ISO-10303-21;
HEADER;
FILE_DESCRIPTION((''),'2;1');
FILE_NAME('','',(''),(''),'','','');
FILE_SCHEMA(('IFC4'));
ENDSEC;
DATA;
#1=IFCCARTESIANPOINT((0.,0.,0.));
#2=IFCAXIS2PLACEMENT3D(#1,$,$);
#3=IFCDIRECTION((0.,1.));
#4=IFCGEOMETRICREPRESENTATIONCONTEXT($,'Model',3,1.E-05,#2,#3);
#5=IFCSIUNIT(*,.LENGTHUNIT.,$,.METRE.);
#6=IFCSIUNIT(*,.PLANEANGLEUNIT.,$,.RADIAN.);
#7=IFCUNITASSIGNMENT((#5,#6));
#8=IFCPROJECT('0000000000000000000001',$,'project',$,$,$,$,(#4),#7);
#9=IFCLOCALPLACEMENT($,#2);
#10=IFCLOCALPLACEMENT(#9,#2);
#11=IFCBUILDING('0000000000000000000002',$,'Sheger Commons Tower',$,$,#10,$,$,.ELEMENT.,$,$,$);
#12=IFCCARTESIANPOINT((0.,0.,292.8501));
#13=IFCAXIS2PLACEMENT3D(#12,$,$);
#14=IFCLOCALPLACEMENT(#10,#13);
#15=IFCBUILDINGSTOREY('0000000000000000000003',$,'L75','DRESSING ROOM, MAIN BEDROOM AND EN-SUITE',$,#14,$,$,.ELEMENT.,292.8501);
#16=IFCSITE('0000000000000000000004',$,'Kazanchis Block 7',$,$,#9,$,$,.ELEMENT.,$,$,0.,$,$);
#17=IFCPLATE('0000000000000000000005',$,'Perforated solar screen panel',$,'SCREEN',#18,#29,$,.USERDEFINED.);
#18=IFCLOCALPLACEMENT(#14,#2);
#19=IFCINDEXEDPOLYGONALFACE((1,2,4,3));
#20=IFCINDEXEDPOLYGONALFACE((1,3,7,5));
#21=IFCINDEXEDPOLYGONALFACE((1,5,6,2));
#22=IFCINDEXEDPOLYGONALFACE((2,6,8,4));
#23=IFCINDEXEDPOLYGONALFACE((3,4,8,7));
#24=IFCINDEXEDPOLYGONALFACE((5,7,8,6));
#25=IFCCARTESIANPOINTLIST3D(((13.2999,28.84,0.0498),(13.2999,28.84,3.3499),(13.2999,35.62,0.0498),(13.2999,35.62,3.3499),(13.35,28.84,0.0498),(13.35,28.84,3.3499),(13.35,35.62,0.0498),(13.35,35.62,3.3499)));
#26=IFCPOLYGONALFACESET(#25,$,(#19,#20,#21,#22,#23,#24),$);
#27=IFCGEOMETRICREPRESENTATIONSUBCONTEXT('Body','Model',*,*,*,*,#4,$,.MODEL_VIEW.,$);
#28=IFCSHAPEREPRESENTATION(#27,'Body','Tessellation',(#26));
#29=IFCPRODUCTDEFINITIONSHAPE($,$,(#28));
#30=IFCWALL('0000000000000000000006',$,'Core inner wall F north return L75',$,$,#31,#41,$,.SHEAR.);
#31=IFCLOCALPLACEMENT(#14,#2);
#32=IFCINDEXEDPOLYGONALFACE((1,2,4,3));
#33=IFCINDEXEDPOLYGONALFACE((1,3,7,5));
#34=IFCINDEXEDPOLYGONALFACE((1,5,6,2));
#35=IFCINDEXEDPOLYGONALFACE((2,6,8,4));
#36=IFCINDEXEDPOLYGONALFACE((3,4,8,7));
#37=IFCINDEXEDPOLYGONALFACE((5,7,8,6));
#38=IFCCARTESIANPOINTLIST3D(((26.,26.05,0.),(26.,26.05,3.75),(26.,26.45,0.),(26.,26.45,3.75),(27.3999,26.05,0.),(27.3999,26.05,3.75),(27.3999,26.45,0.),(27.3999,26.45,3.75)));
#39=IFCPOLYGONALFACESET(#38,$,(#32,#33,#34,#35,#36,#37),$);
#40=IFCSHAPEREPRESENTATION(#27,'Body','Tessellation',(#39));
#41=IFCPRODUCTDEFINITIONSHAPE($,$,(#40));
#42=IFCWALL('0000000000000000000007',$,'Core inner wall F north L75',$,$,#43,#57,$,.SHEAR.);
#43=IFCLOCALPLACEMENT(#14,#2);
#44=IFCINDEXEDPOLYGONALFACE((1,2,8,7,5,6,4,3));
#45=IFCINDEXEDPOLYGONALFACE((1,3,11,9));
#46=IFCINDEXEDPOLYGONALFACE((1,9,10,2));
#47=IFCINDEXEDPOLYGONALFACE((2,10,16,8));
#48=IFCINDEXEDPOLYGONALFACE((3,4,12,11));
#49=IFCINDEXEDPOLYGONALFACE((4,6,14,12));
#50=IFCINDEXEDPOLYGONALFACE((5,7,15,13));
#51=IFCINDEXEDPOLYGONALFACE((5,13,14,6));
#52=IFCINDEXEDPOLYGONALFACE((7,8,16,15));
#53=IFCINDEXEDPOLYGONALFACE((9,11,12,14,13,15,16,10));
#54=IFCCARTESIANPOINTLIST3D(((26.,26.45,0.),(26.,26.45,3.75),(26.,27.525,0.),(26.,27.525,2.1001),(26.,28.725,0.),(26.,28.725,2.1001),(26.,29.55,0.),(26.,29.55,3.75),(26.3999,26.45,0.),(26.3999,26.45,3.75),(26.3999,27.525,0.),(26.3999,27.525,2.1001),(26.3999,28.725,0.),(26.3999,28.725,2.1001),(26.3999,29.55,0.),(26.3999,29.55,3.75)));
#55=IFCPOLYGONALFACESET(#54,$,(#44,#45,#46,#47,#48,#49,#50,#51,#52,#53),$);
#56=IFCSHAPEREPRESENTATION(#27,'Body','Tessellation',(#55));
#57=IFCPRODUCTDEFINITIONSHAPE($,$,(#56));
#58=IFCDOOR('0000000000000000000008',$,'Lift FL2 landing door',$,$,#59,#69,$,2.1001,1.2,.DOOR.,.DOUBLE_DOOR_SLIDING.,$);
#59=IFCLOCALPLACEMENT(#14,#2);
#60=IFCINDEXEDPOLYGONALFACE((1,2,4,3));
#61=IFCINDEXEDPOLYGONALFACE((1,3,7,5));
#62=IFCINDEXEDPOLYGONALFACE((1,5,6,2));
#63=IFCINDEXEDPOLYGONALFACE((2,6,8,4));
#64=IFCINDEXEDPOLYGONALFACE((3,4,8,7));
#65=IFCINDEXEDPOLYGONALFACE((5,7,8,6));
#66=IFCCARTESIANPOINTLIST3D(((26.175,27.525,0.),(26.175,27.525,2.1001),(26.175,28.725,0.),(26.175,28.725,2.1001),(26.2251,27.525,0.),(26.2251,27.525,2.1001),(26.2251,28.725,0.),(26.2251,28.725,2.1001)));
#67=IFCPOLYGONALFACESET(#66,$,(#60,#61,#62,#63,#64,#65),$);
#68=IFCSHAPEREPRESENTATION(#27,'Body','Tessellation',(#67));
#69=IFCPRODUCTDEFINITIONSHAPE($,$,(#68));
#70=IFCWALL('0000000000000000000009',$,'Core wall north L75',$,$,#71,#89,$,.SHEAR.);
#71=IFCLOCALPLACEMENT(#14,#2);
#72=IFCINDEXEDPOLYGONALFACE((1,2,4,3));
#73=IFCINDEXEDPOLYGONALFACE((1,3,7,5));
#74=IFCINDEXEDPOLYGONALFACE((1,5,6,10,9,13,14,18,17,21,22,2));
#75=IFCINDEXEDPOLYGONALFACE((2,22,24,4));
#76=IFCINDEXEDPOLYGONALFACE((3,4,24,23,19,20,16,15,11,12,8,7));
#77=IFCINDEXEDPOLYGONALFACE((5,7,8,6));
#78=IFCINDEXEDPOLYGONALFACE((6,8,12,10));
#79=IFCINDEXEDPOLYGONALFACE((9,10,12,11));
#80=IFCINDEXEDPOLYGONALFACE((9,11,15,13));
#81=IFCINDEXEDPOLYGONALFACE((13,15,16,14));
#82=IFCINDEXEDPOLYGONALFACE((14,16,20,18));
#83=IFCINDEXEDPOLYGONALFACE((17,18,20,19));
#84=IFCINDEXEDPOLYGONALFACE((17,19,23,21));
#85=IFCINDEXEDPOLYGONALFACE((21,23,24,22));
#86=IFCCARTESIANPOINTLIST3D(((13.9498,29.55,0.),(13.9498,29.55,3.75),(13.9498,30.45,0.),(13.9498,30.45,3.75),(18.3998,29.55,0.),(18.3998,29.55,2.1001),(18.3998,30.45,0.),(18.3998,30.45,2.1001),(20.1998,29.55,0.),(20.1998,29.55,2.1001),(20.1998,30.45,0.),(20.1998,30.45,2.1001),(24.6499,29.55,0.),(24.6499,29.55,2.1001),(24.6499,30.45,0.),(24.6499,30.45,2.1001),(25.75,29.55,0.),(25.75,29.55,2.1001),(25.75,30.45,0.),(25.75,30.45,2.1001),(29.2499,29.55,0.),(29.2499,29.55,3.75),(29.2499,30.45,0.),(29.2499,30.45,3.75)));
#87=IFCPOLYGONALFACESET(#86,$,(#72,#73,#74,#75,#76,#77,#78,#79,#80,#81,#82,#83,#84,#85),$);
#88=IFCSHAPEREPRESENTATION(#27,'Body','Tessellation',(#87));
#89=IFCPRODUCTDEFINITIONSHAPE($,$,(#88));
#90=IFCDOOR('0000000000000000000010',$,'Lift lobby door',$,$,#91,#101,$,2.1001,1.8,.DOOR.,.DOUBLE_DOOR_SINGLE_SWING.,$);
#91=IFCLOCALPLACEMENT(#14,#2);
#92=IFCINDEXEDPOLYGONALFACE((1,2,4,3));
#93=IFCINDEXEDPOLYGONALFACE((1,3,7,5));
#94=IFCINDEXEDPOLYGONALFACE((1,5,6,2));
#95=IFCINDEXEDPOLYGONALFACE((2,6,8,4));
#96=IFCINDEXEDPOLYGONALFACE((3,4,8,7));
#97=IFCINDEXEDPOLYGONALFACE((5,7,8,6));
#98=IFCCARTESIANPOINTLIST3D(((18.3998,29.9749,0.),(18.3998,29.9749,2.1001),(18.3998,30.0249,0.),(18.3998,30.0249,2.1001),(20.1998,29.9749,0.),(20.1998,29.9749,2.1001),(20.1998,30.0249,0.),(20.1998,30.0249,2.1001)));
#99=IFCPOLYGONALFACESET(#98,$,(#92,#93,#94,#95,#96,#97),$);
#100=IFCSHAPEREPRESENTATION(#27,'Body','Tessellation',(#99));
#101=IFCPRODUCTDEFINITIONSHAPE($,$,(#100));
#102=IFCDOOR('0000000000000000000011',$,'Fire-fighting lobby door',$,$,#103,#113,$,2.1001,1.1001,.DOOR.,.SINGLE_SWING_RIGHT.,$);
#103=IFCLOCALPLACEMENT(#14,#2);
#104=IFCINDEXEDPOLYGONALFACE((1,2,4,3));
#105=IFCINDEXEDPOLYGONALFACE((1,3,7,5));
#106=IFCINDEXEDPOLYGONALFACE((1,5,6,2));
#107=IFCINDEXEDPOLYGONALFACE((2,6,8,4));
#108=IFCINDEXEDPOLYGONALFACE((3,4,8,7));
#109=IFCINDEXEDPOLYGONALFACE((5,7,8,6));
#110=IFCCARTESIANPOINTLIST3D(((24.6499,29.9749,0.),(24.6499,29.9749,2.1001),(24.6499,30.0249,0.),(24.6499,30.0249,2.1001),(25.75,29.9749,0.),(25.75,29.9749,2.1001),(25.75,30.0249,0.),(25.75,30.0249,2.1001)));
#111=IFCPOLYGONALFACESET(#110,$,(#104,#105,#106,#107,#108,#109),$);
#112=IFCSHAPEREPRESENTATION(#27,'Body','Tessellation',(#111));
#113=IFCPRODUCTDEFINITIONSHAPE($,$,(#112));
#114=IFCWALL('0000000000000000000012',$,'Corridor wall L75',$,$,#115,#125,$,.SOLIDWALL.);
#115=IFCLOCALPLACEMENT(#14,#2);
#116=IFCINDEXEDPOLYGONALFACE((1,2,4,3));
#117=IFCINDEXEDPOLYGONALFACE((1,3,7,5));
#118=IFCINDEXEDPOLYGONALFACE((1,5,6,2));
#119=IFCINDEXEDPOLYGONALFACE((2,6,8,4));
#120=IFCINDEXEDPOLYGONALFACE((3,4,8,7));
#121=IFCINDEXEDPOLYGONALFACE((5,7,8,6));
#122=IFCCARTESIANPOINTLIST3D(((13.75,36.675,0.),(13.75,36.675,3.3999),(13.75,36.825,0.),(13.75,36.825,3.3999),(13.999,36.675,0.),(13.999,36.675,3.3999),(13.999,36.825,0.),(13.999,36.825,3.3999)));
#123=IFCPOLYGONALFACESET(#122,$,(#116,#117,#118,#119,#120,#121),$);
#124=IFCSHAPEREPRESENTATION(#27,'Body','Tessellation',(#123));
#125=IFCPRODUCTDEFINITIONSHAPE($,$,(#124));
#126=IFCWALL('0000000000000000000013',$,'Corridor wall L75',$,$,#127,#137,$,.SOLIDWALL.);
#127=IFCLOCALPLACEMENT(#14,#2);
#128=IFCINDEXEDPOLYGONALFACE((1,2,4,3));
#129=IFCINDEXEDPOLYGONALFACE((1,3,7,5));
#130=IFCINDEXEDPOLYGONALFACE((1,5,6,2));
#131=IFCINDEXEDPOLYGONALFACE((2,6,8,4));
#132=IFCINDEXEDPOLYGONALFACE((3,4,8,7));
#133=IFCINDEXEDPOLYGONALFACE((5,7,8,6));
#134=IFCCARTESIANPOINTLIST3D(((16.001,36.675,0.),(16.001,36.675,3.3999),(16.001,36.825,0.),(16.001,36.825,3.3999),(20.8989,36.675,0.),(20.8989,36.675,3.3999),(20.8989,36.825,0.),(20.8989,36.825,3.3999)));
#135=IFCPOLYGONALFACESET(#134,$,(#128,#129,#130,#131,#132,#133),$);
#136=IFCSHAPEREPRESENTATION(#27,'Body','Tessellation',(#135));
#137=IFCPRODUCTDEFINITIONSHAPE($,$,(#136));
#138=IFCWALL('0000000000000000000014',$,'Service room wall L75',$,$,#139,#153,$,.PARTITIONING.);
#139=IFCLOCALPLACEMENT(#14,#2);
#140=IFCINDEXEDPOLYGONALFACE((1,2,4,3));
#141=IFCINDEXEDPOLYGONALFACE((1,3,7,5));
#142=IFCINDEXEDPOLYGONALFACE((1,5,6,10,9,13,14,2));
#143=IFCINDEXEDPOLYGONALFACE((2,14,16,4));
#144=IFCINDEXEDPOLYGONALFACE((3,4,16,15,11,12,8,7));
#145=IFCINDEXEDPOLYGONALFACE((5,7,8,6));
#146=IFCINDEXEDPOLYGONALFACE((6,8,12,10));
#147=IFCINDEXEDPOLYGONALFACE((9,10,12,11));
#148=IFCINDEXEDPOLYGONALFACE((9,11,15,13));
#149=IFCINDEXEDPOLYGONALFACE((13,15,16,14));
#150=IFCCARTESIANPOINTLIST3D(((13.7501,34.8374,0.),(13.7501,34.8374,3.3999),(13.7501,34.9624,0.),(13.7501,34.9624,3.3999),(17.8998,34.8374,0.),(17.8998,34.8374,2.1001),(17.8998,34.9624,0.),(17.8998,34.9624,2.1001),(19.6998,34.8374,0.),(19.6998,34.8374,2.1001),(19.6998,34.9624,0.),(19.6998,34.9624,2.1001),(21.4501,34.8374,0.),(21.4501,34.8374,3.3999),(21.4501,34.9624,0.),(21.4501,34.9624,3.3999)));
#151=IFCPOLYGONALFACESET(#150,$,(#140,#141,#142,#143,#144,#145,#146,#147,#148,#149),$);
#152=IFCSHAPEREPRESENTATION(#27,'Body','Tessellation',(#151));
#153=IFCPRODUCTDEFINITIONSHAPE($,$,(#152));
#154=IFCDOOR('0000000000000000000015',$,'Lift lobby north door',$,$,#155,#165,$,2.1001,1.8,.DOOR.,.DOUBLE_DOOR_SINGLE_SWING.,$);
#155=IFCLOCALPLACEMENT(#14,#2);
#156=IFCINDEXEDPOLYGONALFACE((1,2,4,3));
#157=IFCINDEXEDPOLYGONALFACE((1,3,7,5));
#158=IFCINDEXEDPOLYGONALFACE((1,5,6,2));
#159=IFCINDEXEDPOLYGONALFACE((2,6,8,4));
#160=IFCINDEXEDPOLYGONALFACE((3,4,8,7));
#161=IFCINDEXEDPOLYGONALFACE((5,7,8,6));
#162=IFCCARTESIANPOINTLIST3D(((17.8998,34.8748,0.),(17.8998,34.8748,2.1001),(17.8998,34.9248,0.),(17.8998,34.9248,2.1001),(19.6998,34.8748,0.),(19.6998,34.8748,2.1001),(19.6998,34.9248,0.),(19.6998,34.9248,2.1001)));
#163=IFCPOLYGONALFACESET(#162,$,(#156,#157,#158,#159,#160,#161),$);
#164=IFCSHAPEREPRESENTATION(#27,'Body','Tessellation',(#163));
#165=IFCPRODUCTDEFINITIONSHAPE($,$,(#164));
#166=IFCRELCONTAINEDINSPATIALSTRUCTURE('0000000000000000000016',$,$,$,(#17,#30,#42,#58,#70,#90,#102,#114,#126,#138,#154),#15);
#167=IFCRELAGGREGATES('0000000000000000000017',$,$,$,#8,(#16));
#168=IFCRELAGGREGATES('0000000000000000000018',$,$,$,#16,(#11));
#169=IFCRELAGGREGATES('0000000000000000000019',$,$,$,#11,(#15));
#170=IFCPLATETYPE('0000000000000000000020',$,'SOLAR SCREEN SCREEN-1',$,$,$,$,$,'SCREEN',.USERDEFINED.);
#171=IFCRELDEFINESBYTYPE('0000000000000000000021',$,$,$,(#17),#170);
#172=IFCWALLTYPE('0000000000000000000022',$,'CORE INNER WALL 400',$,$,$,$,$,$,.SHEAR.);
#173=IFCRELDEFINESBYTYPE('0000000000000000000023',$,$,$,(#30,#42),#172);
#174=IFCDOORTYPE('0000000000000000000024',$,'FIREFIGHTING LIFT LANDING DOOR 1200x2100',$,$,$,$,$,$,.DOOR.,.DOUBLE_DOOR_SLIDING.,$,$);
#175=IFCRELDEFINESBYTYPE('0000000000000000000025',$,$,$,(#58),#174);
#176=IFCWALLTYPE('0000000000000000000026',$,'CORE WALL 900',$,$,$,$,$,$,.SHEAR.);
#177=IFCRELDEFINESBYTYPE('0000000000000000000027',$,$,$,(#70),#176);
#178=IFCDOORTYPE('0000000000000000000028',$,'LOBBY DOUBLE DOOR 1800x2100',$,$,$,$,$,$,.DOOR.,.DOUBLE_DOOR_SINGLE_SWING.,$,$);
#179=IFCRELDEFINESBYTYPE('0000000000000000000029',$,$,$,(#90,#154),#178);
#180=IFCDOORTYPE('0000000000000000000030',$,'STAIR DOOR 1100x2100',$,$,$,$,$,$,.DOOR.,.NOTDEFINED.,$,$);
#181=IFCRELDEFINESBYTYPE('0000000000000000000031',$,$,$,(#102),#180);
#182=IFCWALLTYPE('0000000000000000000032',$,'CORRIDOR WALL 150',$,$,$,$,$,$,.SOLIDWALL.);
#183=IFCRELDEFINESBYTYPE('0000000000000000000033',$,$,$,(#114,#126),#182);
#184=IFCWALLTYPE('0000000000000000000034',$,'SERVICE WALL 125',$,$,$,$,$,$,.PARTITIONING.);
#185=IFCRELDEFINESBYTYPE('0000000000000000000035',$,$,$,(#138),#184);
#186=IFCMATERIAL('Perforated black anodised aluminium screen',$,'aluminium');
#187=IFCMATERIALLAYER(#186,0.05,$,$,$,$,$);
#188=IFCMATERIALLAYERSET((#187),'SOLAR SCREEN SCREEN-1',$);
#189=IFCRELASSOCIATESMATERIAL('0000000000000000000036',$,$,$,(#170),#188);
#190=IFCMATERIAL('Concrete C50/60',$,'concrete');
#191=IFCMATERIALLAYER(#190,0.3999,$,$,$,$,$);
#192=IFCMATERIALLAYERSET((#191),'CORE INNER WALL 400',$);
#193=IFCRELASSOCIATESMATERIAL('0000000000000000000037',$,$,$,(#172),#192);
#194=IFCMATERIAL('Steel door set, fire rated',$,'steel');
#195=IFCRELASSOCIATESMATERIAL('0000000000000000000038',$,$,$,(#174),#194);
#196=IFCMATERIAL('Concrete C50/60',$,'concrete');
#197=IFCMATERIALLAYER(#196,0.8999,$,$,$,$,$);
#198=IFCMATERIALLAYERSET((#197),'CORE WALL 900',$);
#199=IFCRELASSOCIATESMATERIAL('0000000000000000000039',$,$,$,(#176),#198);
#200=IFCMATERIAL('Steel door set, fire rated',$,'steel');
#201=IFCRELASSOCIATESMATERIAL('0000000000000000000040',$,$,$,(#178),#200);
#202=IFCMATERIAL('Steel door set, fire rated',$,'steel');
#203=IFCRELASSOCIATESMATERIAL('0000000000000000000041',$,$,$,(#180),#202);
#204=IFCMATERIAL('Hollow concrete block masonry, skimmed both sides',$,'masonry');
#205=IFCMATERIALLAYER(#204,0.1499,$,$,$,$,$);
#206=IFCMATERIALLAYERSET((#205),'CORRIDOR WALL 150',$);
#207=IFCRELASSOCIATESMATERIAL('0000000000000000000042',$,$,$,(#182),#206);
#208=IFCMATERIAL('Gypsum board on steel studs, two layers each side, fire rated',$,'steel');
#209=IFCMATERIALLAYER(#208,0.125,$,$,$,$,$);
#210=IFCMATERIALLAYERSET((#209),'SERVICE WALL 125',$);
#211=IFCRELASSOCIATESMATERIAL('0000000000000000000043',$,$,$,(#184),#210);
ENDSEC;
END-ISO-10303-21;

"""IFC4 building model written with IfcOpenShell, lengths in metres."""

from ifc_helpers import new_model, si_unit, direction, frame, frame_2d, origin, origin_2d, place, context, subcontext, project, spatial, rectangle, extrude, material, layer, layer_set, type_object, element, fill, save


model = new_model("IFC4")

# Units and contexts
model_context = context("Model", 3, precision=1e-05, world=origin(), true_north=direction((0.0, 1.0)))
body_context = subcontext(model_context, "Body", "Model", "MODEL_VIEW")
ifc_project = project(units=[si_unit("LENGTHUNIT", "METRE"), si_unit("PLANEANGLEUNIT", "RADIAN")], contexts=[model_context])

# Site, building, storey
site_placement = place(None, origin())
site = spatial("IfcSite", under=ifc_project, at=site_placement, Name="Kazanchis Block 7", CompositionType="ELEMENT", RefElevation=0.0)
building_placement = place(site_placement, origin())
building = spatial("IfcBuilding", under=site, at=building_placement, Name="Sheger Commons Tower", CompositionType="ELEMENT")
storey_placement = place(building_placement, frame((0.0, 0.0, 292.8501)))
storey = spatial("IfcBuildingStorey", under=building, at=storey_placement, Name="L75", Description="DRESSING ROOM, MAIN BEDROOM AND EN-SUITE", CompositionType="ELEMENT", Elevation=292.8501)

# Plate
ifc_material_1 = material(Name="Perforated black anodised aluminium screen", Category="aluminium")
ifc_layer_1 = layer(ifc_material_1, 0.05)
ifc_layer_set_1 = layer_set([ifc_layer_1], Name="SOLAR SCREEN SCREEN-1")
plate_type = type_object("IfcPlateType", Name="SOLAR SCREEN SCREEN-1", ElementType="SCREEN", PredefinedType="USERDEFINED", material=ifc_layer_set_1)
plate_placement = place(storey_placement, frame((13.325, 32.23, 0.0498), z_axis=(0.0, 0.0, 1.0), x_axis=(0.0, -1.0, 0.0)))
element("IfcPlate", 1, at=plate_placement, inside=storey, type_object=plate_type, Name="Perforated solar screen panel", ObjectType="SCREEN", PredefinedType="USERDEFINED", context=body_context, shape_type="SweptSolid", body=[
    extrude(rectangle(XDim=6.78, YDim=0.05, at=origin_2d()), origin(), (0.0, 0.0, 1.0), 3.3),
])

# Wall
ifc_material_2 = material(Name="Concrete C50/60", Category="concrete")
ifc_layer_2 = layer(ifc_material_2, 0.3999)
ifc_layer_set_2 = layer_set([ifc_layer_2], Name="CORE INNER WALL 400")
wall_type_1 = type_object("IfcWallType", Name="CORE INNER WALL 400", PredefinedType="SHEAR", material=ifc_layer_set_2)
wall_1_placement = place(storey_placement, frame((26.0, 26.25, 0.0), z_axis=(0.0, 0.0, 1.0), x_axis=(1.0, 0.0, 0.0)))
element("IfcWall", 2, at=wall_1_placement, inside=storey, type_object=wall_type_1, Name="Core inner wall F north return L75", PredefinedType="SHEAR", context=body_context, shape_type="SweptSolid", body=[
    extrude(rectangle(XDim=1.3999, YDim=0.3999, at=frame_2d((0.7, 0.0))), origin(), (0.0, 0.0, 1.0), 3.75),
])

# Wall, opening, door
wall_2_placement = place(storey_placement, frame((26.2, 26.45, 0.0), z_axis=(0.0, 0.0, 1.0), x_axis=(0.0, 1.0, 0.0)))
wall_2 = element("IfcWall", 3, at=wall_2_placement, inside=storey, type_object=wall_type_1, Name="Core inner wall F north L75", PredefinedType="SHEAR", context=body_context, shape_type="SweptSolid", body=[
    extrude(rectangle(XDim=3.1001, YDim=0.3999, at=frame_2d((1.55, 0.0))), origin(), (0.0, 0.0, 1.0), 3.75),
])
opening_1_placement = place(wall_2_placement, frame((1.075, 0.0, 0.0)))
opening_1 = element("IfcOpeningElement", 4, at=opening_1_placement, cuts=wall_2, PredefinedType="OPENING", context=body_context, shape_type="SweptSolid", body=[
    extrude(rectangle(XDim=1.2, YDim=2.1001, at=frame_2d((0.6001, 1.05))), frame((0.0, 0.21, 0.0), z_axis=(0.0, -1.0, 0.0), x_axis=(1.0, 0.0, 0.0)), (0.0, 0.0, 1.0), 0.4199),
])
ifc_material_3 = material(Name="Steel door set, fire rated", Category="steel")
door_type_1 = type_object("IfcDoorType", Name="FIREFIGHTING LIFT LANDING DOOR 1200x2100", OperationType="DOUBLE_DOOR_SLIDING", PredefinedType="DOOR", material=ifc_material_3)
door_1_placement = place(opening_1_placement, origin())
door_1 = element("IfcDoor", 5, at=door_1_placement, inside=storey, type_object=door_type_1, Name="Lift FL2 landing door", OperationType="DOUBLE_DOOR_SLIDING", OverallHeight=2.1001, OverallWidth=1.2, PredefinedType="DOOR", context=body_context, shape_type="SweptSolid", body=[
    extrude(rectangle(XDim=1.2, YDim=2.1001, at=frame_2d((0.6001, 1.05))), frame((0.0, 0.0249, 0.0), z_axis=(0.0, -1.0, 0.0), x_axis=(1.0, 0.0, 0.0)), (0.0, 0.0, 1.0), 0.05),
])
fill(opening_1, door_1)

# Wall, openings, doors
ifc_material_4 = material(Name="Concrete C50/60", Category="concrete")
ifc_layer_3 = layer(ifc_material_4, 0.8999)
ifc_layer_set_3 = layer_set([ifc_layer_3], Name="CORE WALL 900")
wall_type_2 = type_object("IfcWallType", Name="CORE WALL 900", PredefinedType="SHEAR", material=ifc_layer_set_3)
wall_3_placement = place(storey_placement, frame((13.95, 30.0, 0.0), z_axis=(0.0, 0.0, 1.0), x_axis=(1.0, 0.0, 0.0)))
wall_3 = element("IfcWall", 6, at=wall_3_placement, inside=storey, type_object=wall_type_2, Name="Core wall north L75", PredefinedType="SHEAR", context=body_context, shape_type="SweptSolid", body=[
    extrude(rectangle(XDim=15.3, YDim=0.8999, at=frame_2d((7.6499, 0.0))), origin(), (0.0, 0.0, 1.0), 3.75),
])
opening_2_placement = place(wall_3_placement, frame((4.45, 0.0, 0.0)))
opening_2 = element("IfcOpeningElement", 7, at=opening_2_placement, cuts=wall_3, PredefinedType="OPENING", context=body_context, shape_type="SweptSolid", body=[
    extrude(rectangle(XDim=1.8, YDim=2.1001, at=frame_2d((0.8999, 1.05))), frame((0.0, 0.46, 0.0), z_axis=(0.0, -1.0, 0.0), x_axis=(1.0, 0.0, 0.0)), (0.0, 0.0, 1.0), 0.9199),
])
opening_3_placement = place(wall_3_placement, frame((10.7, 0.0, 0.0)))
opening_3 = element("IfcOpeningElement", 8, at=opening_3_placement, cuts=wall_3, PredefinedType="OPENING", context=body_context, shape_type="SweptSolid", body=[
    extrude(rectangle(XDim=1.1001, YDim=2.1001, at=frame_2d((0.55, 1.05))), frame((0.0, 0.46, 0.0), z_axis=(0.0, -1.0, 0.0), x_axis=(1.0, 0.0, 0.0)), (0.0, 0.0, 1.0), 0.9199),
])
ifc_material_5 = material(Name="Steel door set, fire rated", Category="steel")
door_type_2 = type_object("IfcDoorType", Name="LOBBY DOUBLE DOOR 1800x2100", OperationType="DOUBLE_DOOR_SINGLE_SWING", PredefinedType="DOOR", material=ifc_material_5)
door_2_placement = place(opening_2_placement, origin())
door_2 = element("IfcDoor", 9, at=door_2_placement, inside=storey, type_object=door_type_2, Name="Lift lobby door", OperationType="DOUBLE_DOOR_SINGLE_SWING", OverallHeight=2.1001, OverallWidth=1.8, PredefinedType="DOOR", context=body_context, shape_type="SweptSolid", body=[
    extrude(rectangle(XDim=1.8, YDim=2.1001, at=frame_2d((0.8999, 1.05))), frame((0.0, 0.0249, 0.0), z_axis=(0.0, -1.0, 0.0), x_axis=(1.0, 0.0, 0.0)), (0.0, 0.0, 1.0), 0.05),
])
fill(opening_2, door_2)
ifc_material_6 = material(Name="Steel door set, fire rated", Category="steel")
door_type_3 = type_object("IfcDoorType", Name="STAIR DOOR 1100x2100", OperationType="NOTDEFINED", PredefinedType="DOOR", material=ifc_material_6)
door_3_placement = place(opening_3_placement, origin())
door_3 = element("IfcDoor", 10, at=door_3_placement, inside=storey, type_object=door_type_3, Name="Fire-fighting lobby door", OperationType="SINGLE_SWING_RIGHT", OverallHeight=2.1001, OverallWidth=1.1001, PredefinedType="DOOR", context=body_context, shape_type="SweptSolid", body=[
    extrude(rectangle(XDim=1.1001, YDim=2.1001, at=frame_2d((0.55, 1.05))), frame((0.0, 0.0249, 0.0), z_axis=(0.0, -1.0, 0.0), x_axis=(1.0, 0.0, 0.0)), (0.0, 0.0, 1.0), 0.05),
])
fill(opening_3, door_3)

# Walls
ifc_material_7 = material(Name="Hollow concrete block masonry, skimmed both sides", Category="masonry")
ifc_layer_4 = layer(ifc_material_7, 0.1499)
ifc_layer_set_4 = layer_set([ifc_layer_4], Name="CORRIDOR WALL 150")
wall_type_3 = type_object("IfcWallType", Name="CORRIDOR WALL 150", PredefinedType="SOLIDWALL", material=ifc_layer_set_4)
wall_4_placement = place(storey_placement, frame((13.75, 36.75, 0.0), z_axis=(0.0, 0.0, 1.0), x_axis=(1.0, 0.0, 0.0)))
element("IfcWall", 11, at=wall_4_placement, inside=storey, type_object=wall_type_3, Name="Corridor wall L75", PredefinedType="SOLIDWALL", context=body_context, shape_type="SweptSolid", body=[
    extrude(rectangle(XDim=0.249, YDim=0.1499, at=frame_2d((0.1245, 0.0))), origin(), (0.0, 0.0, 1.0), 3.3999),
])
wall_5_placement = place(storey_placement, frame((16.001, 36.75, 0.0), z_axis=(0.0, 0.0, 1.0), x_axis=(1.0, 0.0, 0.0)))
element("IfcWall", 12, at=wall_5_placement, inside=storey, type_object=wall_type_3, Name="Corridor wall L75", PredefinedType="SOLIDWALL", context=body_context, shape_type="SweptSolid", body=[
    extrude(rectangle(XDim=4.8979, YDim=0.1499, at=frame_2d((2.449, 0.0))), origin(), (0.0, 0.0, 1.0), 3.3999),
])

# Wall, opening, door
ifc_material_8 = material(Name="Gypsum board on steel studs, two layers each side, fire rated", Category="steel")
ifc_layer_5 = layer(ifc_material_8, 0.125)
ifc_layer_set_5 = layer_set([ifc_layer_5], Name="SERVICE WALL 125")
wall_type_4 = type_object("IfcWallType", Name="SERVICE WALL 125", PredefinedType="PARTITIONING", material=ifc_layer_set_5)
wall_6_placement = place(storey_placement, frame((13.75, 34.8999, 0.0), z_axis=(0.0, 0.0, 1.0), x_axis=(1.0, 0.0, 0.0)))
wall_6 = element("IfcWall", 13, at=wall_6_placement, inside=storey, type_object=wall_type_4, Name="Service room wall L75", PredefinedType="PARTITIONING", context=body_context, shape_type="SweptSolid", body=[
    extrude(rectangle(XDim=7.7, YDim=0.125, at=frame_2d((3.8501, 0.0))), origin(), (0.0, 0.0, 1.0), 3.3999),
])
opening_4_placement = place(wall_6_placement, frame((4.1499, 0.0, 0.0)))
opening_4 = element("IfcOpeningElement", 14, at=opening_4_placement, cuts=wall_6, PredefinedType="OPENING", context=body_context, shape_type="SweptSolid", body=[
    extrude(rectangle(XDim=1.8, YDim=2.1001, at=frame_2d((0.8999, 1.05))), frame((0.0, 0.0725, 0.0), z_axis=(0.0, -1.0, 0.0), x_axis=(1.0, 0.0, 0.0)), (0.0, 0.0, 1.0), 0.145),
])
door_4_placement = place(opening_4_placement, origin())
door_4 = element("IfcDoor", 15, at=door_4_placement, inside=storey, type_object=door_type_2, Name="Lift lobby north door", OperationType="DOUBLE_DOOR_SINGLE_SWING", OverallHeight=2.1001, OverallWidth=1.8, PredefinedType="DOOR", context=body_context, shape_type="SweptSolid", body=[
    extrude(rectangle(XDim=1.8, YDim=2.1001, at=frame_2d((0.8999, 1.05))), frame((0.0, 0.0249, 0.0), z_axis=(0.0, -1.0, 0.0), x_axis=(1.0, 0.0, 0.0)), (0.0, 0.0, 1.0), 0.05),
])
fill(opening_4, door_4)

save(model, "model.ifc")
